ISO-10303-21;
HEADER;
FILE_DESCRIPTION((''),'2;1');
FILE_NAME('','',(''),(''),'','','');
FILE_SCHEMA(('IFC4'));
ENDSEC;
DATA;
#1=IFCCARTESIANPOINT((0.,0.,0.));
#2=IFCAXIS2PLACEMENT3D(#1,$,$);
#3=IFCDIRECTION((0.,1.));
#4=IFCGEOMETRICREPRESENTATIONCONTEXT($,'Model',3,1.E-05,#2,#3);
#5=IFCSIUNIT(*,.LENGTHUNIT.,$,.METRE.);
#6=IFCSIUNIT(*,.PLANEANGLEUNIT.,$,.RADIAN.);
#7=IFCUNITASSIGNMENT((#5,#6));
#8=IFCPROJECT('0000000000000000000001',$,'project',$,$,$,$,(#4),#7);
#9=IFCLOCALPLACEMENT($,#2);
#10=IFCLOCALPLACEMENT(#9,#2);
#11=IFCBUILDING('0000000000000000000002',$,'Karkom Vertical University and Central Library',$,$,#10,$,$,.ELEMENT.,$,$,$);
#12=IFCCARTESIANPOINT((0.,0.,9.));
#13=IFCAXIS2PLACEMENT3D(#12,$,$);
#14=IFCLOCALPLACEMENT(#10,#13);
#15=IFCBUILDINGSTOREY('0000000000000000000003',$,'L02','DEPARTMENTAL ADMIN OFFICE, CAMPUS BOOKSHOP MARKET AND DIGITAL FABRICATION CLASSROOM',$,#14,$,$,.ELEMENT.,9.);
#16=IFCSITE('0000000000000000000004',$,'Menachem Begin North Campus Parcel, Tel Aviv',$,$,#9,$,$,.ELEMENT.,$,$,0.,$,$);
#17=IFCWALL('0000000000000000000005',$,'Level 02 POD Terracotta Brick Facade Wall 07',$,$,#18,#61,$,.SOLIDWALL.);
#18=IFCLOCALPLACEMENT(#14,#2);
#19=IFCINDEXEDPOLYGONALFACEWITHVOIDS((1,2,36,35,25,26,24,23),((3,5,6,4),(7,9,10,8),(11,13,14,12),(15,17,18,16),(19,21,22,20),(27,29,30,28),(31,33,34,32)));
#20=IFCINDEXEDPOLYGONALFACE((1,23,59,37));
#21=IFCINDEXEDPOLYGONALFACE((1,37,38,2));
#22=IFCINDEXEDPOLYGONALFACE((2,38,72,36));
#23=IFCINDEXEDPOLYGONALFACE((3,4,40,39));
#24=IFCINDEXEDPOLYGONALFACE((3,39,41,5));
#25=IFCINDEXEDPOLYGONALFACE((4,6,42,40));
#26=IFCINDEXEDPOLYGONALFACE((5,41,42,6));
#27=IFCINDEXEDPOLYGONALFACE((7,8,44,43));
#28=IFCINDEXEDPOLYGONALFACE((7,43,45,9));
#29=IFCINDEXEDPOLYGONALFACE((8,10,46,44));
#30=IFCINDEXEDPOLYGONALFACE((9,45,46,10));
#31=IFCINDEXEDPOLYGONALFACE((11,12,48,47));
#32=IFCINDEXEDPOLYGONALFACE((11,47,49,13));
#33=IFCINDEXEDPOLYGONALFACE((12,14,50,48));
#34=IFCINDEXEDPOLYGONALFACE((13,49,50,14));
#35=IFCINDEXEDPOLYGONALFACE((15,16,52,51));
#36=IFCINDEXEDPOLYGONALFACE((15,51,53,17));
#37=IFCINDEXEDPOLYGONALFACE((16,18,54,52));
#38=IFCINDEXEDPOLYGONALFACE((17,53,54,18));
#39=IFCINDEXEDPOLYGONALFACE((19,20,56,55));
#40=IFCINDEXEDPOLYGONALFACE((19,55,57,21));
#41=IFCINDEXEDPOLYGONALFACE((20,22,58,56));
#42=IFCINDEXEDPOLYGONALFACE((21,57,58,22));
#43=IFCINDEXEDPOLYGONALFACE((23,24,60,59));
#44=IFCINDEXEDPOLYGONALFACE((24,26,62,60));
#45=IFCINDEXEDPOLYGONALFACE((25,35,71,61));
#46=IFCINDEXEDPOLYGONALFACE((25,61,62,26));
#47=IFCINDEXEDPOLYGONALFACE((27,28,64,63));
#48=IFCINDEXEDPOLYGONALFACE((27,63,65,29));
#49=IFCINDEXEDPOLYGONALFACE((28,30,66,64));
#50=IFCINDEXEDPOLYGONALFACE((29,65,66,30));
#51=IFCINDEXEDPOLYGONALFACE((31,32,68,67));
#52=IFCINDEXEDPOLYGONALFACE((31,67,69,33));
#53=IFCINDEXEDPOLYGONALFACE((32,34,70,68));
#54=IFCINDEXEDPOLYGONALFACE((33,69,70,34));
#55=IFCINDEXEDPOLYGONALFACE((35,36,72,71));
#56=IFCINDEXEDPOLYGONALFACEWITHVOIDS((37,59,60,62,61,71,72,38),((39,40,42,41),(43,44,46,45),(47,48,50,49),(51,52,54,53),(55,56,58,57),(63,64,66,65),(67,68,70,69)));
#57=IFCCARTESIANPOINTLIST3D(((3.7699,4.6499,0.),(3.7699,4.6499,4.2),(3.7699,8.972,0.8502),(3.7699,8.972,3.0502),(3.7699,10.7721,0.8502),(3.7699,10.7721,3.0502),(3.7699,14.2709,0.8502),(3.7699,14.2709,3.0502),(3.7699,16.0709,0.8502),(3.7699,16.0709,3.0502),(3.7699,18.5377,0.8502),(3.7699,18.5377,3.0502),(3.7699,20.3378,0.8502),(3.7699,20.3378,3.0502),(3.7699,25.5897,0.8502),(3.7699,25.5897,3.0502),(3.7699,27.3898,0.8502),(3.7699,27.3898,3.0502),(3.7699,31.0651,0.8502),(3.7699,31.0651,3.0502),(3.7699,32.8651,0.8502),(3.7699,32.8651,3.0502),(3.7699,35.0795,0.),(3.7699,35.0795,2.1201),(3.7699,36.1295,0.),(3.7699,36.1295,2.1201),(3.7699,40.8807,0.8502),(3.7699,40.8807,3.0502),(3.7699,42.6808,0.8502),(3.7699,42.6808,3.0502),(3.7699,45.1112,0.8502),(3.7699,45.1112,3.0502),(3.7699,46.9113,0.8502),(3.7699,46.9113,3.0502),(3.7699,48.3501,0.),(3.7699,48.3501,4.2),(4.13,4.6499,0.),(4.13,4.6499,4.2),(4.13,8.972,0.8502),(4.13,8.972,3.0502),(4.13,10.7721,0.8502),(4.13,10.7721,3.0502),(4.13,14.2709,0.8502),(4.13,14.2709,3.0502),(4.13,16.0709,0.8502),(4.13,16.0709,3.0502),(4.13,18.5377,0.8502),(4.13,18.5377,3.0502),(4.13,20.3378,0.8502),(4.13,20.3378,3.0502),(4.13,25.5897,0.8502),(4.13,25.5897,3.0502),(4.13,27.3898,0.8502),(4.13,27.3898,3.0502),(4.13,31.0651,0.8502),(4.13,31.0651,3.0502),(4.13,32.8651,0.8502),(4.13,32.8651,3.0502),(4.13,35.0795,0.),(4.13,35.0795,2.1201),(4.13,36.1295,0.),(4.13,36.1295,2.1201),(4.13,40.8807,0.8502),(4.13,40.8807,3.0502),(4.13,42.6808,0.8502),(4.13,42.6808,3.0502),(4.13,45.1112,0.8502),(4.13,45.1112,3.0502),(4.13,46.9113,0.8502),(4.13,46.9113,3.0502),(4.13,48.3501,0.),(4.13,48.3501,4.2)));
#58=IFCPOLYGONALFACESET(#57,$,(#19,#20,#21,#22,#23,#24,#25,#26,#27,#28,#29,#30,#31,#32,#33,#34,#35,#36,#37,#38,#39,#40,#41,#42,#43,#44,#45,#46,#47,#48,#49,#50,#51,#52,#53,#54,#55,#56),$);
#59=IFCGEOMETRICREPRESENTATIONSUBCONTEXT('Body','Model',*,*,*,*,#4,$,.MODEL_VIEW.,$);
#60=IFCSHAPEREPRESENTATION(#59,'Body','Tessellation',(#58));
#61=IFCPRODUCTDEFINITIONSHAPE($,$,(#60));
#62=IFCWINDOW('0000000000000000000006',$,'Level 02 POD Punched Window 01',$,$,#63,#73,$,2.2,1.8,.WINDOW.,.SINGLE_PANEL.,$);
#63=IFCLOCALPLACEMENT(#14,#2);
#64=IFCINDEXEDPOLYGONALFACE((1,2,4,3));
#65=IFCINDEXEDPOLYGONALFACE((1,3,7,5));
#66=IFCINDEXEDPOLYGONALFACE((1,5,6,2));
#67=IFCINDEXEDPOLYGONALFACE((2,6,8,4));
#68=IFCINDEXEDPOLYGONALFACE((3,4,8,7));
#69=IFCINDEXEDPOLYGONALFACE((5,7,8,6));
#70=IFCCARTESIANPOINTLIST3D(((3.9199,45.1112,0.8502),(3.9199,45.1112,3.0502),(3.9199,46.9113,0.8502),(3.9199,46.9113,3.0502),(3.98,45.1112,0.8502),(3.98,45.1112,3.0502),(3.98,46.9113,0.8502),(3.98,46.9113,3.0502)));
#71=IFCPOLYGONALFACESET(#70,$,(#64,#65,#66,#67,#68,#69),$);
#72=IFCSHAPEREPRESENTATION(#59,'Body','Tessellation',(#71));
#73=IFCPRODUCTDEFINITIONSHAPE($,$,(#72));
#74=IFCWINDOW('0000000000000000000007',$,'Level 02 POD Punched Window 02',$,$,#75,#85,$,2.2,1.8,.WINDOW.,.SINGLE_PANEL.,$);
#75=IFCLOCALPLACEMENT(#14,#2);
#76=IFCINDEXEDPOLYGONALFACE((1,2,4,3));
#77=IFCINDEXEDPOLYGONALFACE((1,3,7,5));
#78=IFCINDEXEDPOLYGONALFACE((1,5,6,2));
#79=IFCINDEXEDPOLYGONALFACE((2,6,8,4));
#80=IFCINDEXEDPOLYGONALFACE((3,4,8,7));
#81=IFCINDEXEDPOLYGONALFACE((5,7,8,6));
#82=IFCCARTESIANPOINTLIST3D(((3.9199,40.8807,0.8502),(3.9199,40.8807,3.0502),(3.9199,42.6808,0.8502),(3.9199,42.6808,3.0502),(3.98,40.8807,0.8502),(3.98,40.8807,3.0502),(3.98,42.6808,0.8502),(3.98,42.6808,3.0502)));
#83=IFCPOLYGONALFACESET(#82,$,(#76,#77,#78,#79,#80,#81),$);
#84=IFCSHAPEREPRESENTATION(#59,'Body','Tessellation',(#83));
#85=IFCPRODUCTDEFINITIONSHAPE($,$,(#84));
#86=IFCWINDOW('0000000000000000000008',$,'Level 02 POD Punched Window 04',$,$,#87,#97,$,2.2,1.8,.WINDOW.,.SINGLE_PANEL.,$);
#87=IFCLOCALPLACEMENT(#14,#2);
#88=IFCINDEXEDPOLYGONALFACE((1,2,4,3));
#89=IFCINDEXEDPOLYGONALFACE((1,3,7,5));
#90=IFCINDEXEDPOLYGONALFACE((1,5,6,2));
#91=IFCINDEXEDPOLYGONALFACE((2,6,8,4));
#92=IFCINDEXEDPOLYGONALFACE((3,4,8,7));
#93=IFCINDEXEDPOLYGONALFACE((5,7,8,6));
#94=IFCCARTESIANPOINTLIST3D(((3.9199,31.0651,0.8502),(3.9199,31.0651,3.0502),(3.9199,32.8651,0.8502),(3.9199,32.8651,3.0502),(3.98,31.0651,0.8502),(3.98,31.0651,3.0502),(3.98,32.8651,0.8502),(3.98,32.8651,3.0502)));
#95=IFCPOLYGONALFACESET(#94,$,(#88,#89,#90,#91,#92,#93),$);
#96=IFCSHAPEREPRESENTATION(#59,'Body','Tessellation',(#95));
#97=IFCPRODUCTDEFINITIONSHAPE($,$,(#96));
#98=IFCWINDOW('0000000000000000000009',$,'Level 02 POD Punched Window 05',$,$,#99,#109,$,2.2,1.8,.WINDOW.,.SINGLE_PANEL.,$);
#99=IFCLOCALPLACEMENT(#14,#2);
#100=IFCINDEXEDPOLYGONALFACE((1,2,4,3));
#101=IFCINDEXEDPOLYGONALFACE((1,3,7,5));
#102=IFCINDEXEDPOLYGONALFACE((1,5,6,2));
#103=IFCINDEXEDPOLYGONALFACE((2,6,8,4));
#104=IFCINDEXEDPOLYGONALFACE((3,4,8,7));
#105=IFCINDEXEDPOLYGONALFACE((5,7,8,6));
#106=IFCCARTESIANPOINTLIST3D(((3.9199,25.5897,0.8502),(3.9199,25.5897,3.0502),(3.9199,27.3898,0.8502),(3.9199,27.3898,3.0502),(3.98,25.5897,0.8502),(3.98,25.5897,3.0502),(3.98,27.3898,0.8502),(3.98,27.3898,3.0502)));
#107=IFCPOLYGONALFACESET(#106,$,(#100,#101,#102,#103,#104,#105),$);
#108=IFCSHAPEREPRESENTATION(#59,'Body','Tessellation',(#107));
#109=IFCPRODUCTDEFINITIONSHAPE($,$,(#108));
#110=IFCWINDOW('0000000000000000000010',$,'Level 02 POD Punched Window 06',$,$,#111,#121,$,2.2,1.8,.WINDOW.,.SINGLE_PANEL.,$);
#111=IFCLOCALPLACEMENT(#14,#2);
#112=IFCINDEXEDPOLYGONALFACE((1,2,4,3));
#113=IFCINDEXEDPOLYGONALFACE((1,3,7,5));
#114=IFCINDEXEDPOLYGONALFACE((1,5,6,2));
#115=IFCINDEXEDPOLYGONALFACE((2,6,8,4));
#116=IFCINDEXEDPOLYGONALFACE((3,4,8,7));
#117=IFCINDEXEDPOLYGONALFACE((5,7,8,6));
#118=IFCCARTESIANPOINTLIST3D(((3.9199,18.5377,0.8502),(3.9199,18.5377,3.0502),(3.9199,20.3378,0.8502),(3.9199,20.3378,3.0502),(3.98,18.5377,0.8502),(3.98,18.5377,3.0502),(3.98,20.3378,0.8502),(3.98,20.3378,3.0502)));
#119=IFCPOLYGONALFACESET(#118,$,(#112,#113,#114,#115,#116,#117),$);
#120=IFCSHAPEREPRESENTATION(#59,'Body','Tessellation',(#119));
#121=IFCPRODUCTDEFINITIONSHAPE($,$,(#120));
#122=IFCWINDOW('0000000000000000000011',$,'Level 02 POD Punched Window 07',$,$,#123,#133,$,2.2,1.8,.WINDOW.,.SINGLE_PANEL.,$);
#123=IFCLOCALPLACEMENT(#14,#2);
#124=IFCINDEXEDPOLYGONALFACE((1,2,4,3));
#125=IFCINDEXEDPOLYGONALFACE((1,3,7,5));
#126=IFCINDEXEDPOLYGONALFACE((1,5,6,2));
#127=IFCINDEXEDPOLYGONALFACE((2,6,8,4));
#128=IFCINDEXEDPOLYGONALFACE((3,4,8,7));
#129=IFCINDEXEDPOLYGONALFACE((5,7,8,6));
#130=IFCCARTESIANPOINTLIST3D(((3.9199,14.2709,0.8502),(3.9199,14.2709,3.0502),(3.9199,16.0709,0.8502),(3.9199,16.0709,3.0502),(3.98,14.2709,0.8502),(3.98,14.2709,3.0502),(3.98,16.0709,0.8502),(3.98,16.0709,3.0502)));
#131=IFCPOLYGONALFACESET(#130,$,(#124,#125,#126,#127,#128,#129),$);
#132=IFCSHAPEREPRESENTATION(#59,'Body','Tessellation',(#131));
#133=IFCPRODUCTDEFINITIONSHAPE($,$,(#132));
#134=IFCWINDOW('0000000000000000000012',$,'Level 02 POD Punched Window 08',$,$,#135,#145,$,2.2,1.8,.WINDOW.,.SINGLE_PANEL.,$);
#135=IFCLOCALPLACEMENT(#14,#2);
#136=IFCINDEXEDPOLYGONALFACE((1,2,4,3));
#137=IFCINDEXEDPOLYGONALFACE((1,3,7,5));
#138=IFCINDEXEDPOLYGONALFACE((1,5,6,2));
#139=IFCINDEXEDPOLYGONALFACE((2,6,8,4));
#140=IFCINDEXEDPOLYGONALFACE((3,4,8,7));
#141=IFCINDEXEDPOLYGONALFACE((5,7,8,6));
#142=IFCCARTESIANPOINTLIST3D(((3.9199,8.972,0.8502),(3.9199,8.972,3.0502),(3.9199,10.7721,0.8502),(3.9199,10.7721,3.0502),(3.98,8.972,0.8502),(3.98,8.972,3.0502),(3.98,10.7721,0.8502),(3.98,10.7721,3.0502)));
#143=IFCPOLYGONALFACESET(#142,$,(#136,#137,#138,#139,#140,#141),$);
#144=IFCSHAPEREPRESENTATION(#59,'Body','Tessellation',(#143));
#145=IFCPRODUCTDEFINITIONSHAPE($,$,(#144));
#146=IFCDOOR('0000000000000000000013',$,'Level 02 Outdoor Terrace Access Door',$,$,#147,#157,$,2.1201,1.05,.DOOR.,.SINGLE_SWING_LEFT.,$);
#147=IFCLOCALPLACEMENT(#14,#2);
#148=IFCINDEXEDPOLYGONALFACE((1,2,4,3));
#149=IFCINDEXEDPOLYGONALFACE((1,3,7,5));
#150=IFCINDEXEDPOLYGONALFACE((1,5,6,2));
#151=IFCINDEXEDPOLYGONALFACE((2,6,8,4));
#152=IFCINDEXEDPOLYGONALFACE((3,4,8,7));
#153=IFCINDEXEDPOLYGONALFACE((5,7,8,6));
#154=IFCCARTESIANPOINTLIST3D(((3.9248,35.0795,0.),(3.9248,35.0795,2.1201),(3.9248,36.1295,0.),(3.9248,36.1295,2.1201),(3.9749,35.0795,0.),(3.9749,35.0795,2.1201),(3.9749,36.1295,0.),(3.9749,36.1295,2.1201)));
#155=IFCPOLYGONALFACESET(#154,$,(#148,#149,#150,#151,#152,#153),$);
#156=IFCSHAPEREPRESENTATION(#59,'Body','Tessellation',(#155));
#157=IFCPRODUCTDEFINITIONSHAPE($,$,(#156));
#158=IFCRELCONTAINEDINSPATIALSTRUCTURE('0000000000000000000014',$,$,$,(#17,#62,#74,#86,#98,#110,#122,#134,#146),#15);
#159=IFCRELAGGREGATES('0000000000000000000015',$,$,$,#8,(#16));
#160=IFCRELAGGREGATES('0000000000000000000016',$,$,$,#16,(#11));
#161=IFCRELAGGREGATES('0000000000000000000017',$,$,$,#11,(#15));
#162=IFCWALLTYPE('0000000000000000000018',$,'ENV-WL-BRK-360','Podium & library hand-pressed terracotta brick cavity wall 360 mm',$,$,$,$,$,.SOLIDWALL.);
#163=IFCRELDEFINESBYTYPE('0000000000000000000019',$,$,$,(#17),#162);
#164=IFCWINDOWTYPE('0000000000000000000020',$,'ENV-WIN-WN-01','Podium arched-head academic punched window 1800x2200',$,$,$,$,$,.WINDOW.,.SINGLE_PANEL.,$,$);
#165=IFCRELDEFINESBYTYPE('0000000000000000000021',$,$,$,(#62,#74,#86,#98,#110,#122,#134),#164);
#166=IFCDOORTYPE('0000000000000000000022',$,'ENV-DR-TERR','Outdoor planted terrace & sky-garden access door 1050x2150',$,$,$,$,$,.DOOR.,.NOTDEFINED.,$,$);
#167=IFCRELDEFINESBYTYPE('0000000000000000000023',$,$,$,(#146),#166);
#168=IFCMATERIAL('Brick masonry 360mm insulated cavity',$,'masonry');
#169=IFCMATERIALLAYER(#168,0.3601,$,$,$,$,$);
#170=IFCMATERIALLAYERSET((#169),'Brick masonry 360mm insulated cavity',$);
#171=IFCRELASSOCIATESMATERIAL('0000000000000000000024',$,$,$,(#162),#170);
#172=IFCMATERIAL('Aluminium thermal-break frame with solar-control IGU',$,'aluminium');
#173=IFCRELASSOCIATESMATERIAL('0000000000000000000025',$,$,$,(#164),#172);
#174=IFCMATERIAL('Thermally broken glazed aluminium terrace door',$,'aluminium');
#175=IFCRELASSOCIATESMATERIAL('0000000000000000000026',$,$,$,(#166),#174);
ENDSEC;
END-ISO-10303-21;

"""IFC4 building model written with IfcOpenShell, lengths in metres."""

from ifc_helpers import new_model, si_unit, direction, frame, frame_2d, origin, origin_with_axes, place, context, subcontext, project, spatial, rectangle, extrude, source, transform, mapped, material, layer, layer_set, type_object, element, fill, save


model = new_model("IFC4")

# Units and contexts
model_context = context("Model", 3, precision=1e-05, world=origin(), true_north=direction((0.0, 1.0)))
body_context = subcontext(model_context, "Body", "Model", "MODEL_VIEW")
ifc_project = project(units=[si_unit("LENGTHUNIT", "METRE"), si_unit("PLANEANGLEUNIT", "RADIAN")], contexts=[model_context])

# Site, building, storey
site_placement = place(None, origin())
site = spatial("IfcSite", under=ifc_project, at=site_placement, Name="Menachem Begin North Campus Parcel, Tel Aviv", CompositionType="ELEMENT", RefElevation=0.0)
building_placement = place(site_placement, origin())
building = spatial("IfcBuilding", under=site, at=building_placement, Name="Karkom Vertical University and Central Library", CompositionType="ELEMENT")
storey_placement = place(building_placement, frame((0.0, 0.0, 9.0)))
storey = spatial("IfcBuildingStorey", under=building, at=storey_placement, Name="L02", Description="DEPARTMENTAL ADMIN OFFICE, CAMPUS BOOKSHOP MARKET AND DIGITAL FABRICATION CLASSROOM", CompositionType="ELEMENT", Elevation=9.0)

# Shared definitions
ifc_material_1 = material(Name="Brick masonry 360mm insulated cavity", Category="masonry")
ifc_layer_1 = layer(ifc_material_1, 0.3601)
ifc_layer_set_1 = layer_set([ifc_layer_1], Name="Brick masonry 360mm insulated cavity")
wall_type_1 = type_object("IfcWallType", Name="ENV-WL-BRK-360", Description="Podium & library hand-pressed terracotta brick cavity wall 360 mm", PredefinedType="SOLIDWALL", material=ifc_layer_set_1)

# Wall, openings, windows, door
wall_1_placement = place(storey_placement, frame((3.95, 48.3501, 0.0), z_axis=(0.0, 0.0, 1.0), x_axis=(0.0, -1.0, 0.0)))
wall_1 = element("IfcWall", 1, at=wall_1_placement, inside=storey, type_object=wall_type_1, Name="Level 02 POD Terracotta Brick Facade Wall 07", PredefinedType="SOLIDWALL", context=body_context, shape_type="SweptSolid", body=[
    extrude(rectangle(XDim=43.7002, YDim=0.3601, at=frame_2d((21.8501, 0.0))), origin(), (0.0, 0.0, 1.0), 4.2),
])
opening_1_placement = place(wall_1_placement, frame((1.439, 0.0, 0.8501)))
opening_1 = element("IfcOpeningElement", 2, at=opening_1_placement, cuts=wall_1, PredefinedType="OPENING", context=body_context, shape_type="SweptSolid", body=[
    extrude(rectangle(XDim=1.8, YDim=2.2, at=frame_2d((0.8999, 1.1001))), frame((0.0, 0.1899, 0.0), z_axis=(0.0, -1.0, 0.0), x_axis=(1.0, 0.0, 0.0)), (0.0, 0.0, 1.0), 0.3801),
])
opening_2_placement = place(wall_1_placement, frame((5.6694, 0.0, 0.8501)))
opening_2 = element("IfcOpeningElement", 3, at=opening_2_placement, cuts=wall_1, PredefinedType="OPENING", context=body_context, shape_type="SweptSolid", body=[
    extrude(rectangle(XDim=1.8, YDim=2.2, at=frame_2d((0.8999, 1.1001))), frame((0.0, 0.1899, 0.0), z_axis=(0.0, -1.0, 0.0), x_axis=(1.0, 0.0, 0.0)), (0.0, 0.0, 1.0), 0.3801),
])
opening_3_placement = place(wall_1_placement, frame((15.4851, 0.0, 0.8501)))
opening_3 = element("IfcOpeningElement", 4, at=opening_3_placement, cuts=wall_1, PredefinedType="OPENING", context=body_context, shape_type="SweptSolid", body=[
    extrude(rectangle(XDim=1.8, YDim=2.2, at=frame_2d((0.8999, 1.1001))), frame((0.0, 0.1899, 0.0), z_axis=(0.0, -1.0, 0.0), x_axis=(1.0, 0.0, 0.0)), (0.0, 0.0, 1.0), 0.3801),
])
opening_4_placement = place(wall_1_placement, frame((20.9604, 0.0, 0.8501)))
opening_4 = element("IfcOpeningElement", 5, at=opening_4_placement, cuts=wall_1, PredefinedType="OPENING", context=body_context, shape_type="SweptSolid", body=[
    extrude(rectangle(XDim=1.8, YDim=2.2, at=frame_2d((0.8999, 1.1001))), frame((0.0, 0.1899, 0.0), z_axis=(0.0, -1.0, 0.0), x_axis=(1.0, 0.0, 0.0)), (0.0, 0.0, 1.0), 0.3801),
])
opening_5_placement = place(wall_1_placement, frame((28.0125, 0.0, 0.8501)))
opening_5 = element("IfcOpeningElement", 6, at=opening_5_placement, cuts=wall_1, PredefinedType="OPENING", context=body_context, shape_type="SweptSolid", body=[
    extrude(rectangle(XDim=1.8, YDim=2.2, at=frame_2d((0.8999, 1.1001))), frame((0.0, 0.1899, 0.0), z_axis=(0.0, -1.0, 0.0), x_axis=(1.0, 0.0, 0.0)), (0.0, 0.0, 1.0), 0.3801),
])
opening_6_placement = place(wall_1_placement, frame((32.2793, 0.0, 0.8501)))
opening_6 = element("IfcOpeningElement", 7, at=opening_6_placement, cuts=wall_1, PredefinedType="OPENING", context=body_context, shape_type="SweptSolid", body=[
    extrude(rectangle(XDim=1.8, YDim=2.2, at=frame_2d((0.8999, 1.1001))), frame((0.0, 0.1899, 0.0), z_axis=(0.0, -1.0, 0.0), x_axis=(1.0, 0.0, 0.0)), (0.0, 0.0, 1.0), 0.3801),
])
opening_7_placement = place(wall_1_placement, frame((37.5781, 0.0, 0.8501)))
opening_7 = element("IfcOpeningElement", 8, at=opening_7_placement, cuts=wall_1, PredefinedType="OPENING", context=body_context, shape_type="SweptSolid", body=[
    extrude(rectangle(XDim=1.8, YDim=2.2, at=frame_2d((0.8999, 1.1001))), frame((0.0, 0.1899, 0.0), z_axis=(0.0, -1.0, 0.0), x_axis=(1.0, 0.0, 0.0)), (0.0, 0.0, 1.0), 0.3801),
])
opening_8_placement = place(wall_1_placement, frame((12.2207, 0.0, 0.0)))
opening_8 = element("IfcOpeningElement", 9, at=opening_8_placement, cuts=wall_1, PredefinedType="OPENING", context=body_context, shape_type="SweptSolid", body=[
    extrude(rectangle(XDim=1.05, YDim=2.1201, at=frame_2d((0.5249, 1.0601))), frame((0.0, 0.1899, 0.0), z_axis=(0.0, -1.0, 0.0), x_axis=(1.0, 0.0, 0.0)), (0.0, 0.0, 1.0), 0.3801),
])
ifc_material_2 = material(Name="Aluminium thermal-break frame with solar-control IGU", Category="aluminium")
window_type = type_object("IfcWindowType", Name="ENV-WIN-WN-01", Description="Podium arched-head academic punched window 1800x2200", PartitioningType="SINGLE_PANEL", PredefinedType="WINDOW", material=ifc_material_2)
shared_shape_1 = source(origin_with_axes(), body_context, "Body", "SweptSolid", [
    extrude(rectangle(XDim=1.8, YDim=2.2, at=frame_2d((0.8999, 1.1001))), frame((0.0, 0.03, 0.0), z_axis=(0.0, -1.0, 0.0), x_axis=(1.0, 0.0, 0.0)), (0.0, 0.0, 1.0), 0.0601),
])
window_1_placement = place(opening_1_placement, origin())
window_1 = element("IfcWindow", 10, at=window_1_placement, inside=storey, type_object=window_type, Name="Level 02 POD Punched Window 01", OverallHeight=2.2, OverallWidth=1.8, PartitioningType="SINGLE_PANEL", PredefinedType="WINDOW", context=body_context, shape_type="MappedRepresentation", body=[
    mapped(shared_shape_1, transform((0.0, 0.0, 0.0), scale=1.0)),
])
fill(opening_1, window_1)
window_2_placement = place(opening_2_placement, origin())
window_2 = element("IfcWindow", 11, at=window_2_placement, inside=storey, type_object=window_type, Name="Level 02 POD Punched Window 02", OverallHeight=2.2, OverallWidth=1.8, PartitioningType="SINGLE_PANEL", PredefinedType="WINDOW", context=body_context, shape_type="MappedRepresentation", body=[
    mapped(shared_shape_1, transform((0.0, 0.0, 0.0), scale=1.0)),
])
fill(opening_2, window_2)
window_3_placement = place(opening_3_placement, origin())
window_3 = element("IfcWindow", 12, at=window_3_placement, inside=storey, type_object=window_type, Name="Level 02 POD Punched Window 04", OverallHeight=2.2, OverallWidth=1.8, PartitioningType="SINGLE_PANEL", PredefinedType="WINDOW", context=body_context, shape_type="MappedRepresentation", body=[
    mapped(shared_shape_1, transform((0.0, 0.0, 0.0), scale=1.0)),
])
fill(opening_3, window_3)
window_4_placement = place(opening_4_placement, origin())
window_4 = element("IfcWindow", 13, at=window_4_placement, inside=storey, type_object=window_type, Name="Level 02 POD Punched Window 05", OverallHeight=2.2, OverallWidth=1.8, PartitioningType="SINGLE_PANEL", PredefinedType="WINDOW", context=body_context, shape_type="MappedRepresentation", body=[
    mapped(shared_shape_1, transform((0.0, 0.0, 0.0), scale=1.0)),
])
fill(opening_4, window_4)
window_5_placement = place(opening_5_placement, origin())
window_5 = element("IfcWindow", 14, at=window_5_placement, inside=storey, type_object=window_type, Name="Level 02 POD Punched Window 06", OverallHeight=2.2, OverallWidth=1.8, PartitioningType="SINGLE_PANEL", PredefinedType="WINDOW", context=body_context, shape_type="MappedRepresentation", body=[
    mapped(shared_shape_1, transform((0.0, 0.0, 0.0), scale=1.0)),
])
fill(opening_5, window_5)
window_6_placement = place(opening_6_placement, origin())
window_6 = element("IfcWindow", 15, at=window_6_placement, inside=storey, type_object=window_type, Name="Level 02 POD Punched Window 07", OverallHeight=2.2, OverallWidth=1.8, PartitioningType="SINGLE_PANEL", PredefinedType="WINDOW", context=body_context, shape_type="MappedRepresentation", body=[
    mapped(shared_shape_1, transform((0.0, 0.0, 0.0), scale=1.0)),
])
fill(opening_6, window_6)
window_7_placement = place(opening_7_placement, origin())
window_7 = element("IfcWindow", 16, at=window_7_placement, inside=storey, type_object=window_type, Name="Level 02 POD Punched Window 08", OverallHeight=2.2, OverallWidth=1.8, PartitioningType="SINGLE_PANEL", PredefinedType="WINDOW", context=body_context, shape_type="MappedRepresentation", body=[
    mapped(shared_shape_1, transform((0.0, 0.0, 0.0), scale=1.0)),
])
fill(opening_7, window_7)
ifc_material_3 = material(Name="Thermally broken glazed aluminium terrace door", Category="aluminium")
door_type_1 = type_object("IfcDoorType", Name="ENV-DR-TERR", Description="Outdoor planted terrace & sky-garden access door 1050x2150", OperationType="NOTDEFINED", PredefinedType="DOOR", material=ifc_material_3)
shared_shape_2 = source(origin_with_axes(), body_context, "Body", "SweptSolid", [
    extrude(rectangle(XDim=1.05, YDim=2.1201, at=frame_2d((0.5249, 1.0601))), frame((0.0, 0.0249, 0.0), z_axis=(0.0, -1.0, 0.0), x_axis=(1.0, 0.0, 0.0)), (0.0, 0.0, 1.0), 0.05),
])
door_1_placement = place(opening_8_placement, origin())
door_1 = element("IfcDoor", 17, at=door_1_placement, inside=storey, type_object=door_type_1, Name="Level 02 Outdoor Terrace Access Door", OperationType="SINGLE_SWING_LEFT", OverallHeight=2.1201, OverallWidth=1.05, PredefinedType="DOOR", context=body_context, shape_type="MappedRepresentation", body=[
    mapped(shared_shape_2, transform((0.0, 0.0, 0.0), scale=1.0)),
])
fill(opening_8, door_1)

save(model, "model.ifc")
